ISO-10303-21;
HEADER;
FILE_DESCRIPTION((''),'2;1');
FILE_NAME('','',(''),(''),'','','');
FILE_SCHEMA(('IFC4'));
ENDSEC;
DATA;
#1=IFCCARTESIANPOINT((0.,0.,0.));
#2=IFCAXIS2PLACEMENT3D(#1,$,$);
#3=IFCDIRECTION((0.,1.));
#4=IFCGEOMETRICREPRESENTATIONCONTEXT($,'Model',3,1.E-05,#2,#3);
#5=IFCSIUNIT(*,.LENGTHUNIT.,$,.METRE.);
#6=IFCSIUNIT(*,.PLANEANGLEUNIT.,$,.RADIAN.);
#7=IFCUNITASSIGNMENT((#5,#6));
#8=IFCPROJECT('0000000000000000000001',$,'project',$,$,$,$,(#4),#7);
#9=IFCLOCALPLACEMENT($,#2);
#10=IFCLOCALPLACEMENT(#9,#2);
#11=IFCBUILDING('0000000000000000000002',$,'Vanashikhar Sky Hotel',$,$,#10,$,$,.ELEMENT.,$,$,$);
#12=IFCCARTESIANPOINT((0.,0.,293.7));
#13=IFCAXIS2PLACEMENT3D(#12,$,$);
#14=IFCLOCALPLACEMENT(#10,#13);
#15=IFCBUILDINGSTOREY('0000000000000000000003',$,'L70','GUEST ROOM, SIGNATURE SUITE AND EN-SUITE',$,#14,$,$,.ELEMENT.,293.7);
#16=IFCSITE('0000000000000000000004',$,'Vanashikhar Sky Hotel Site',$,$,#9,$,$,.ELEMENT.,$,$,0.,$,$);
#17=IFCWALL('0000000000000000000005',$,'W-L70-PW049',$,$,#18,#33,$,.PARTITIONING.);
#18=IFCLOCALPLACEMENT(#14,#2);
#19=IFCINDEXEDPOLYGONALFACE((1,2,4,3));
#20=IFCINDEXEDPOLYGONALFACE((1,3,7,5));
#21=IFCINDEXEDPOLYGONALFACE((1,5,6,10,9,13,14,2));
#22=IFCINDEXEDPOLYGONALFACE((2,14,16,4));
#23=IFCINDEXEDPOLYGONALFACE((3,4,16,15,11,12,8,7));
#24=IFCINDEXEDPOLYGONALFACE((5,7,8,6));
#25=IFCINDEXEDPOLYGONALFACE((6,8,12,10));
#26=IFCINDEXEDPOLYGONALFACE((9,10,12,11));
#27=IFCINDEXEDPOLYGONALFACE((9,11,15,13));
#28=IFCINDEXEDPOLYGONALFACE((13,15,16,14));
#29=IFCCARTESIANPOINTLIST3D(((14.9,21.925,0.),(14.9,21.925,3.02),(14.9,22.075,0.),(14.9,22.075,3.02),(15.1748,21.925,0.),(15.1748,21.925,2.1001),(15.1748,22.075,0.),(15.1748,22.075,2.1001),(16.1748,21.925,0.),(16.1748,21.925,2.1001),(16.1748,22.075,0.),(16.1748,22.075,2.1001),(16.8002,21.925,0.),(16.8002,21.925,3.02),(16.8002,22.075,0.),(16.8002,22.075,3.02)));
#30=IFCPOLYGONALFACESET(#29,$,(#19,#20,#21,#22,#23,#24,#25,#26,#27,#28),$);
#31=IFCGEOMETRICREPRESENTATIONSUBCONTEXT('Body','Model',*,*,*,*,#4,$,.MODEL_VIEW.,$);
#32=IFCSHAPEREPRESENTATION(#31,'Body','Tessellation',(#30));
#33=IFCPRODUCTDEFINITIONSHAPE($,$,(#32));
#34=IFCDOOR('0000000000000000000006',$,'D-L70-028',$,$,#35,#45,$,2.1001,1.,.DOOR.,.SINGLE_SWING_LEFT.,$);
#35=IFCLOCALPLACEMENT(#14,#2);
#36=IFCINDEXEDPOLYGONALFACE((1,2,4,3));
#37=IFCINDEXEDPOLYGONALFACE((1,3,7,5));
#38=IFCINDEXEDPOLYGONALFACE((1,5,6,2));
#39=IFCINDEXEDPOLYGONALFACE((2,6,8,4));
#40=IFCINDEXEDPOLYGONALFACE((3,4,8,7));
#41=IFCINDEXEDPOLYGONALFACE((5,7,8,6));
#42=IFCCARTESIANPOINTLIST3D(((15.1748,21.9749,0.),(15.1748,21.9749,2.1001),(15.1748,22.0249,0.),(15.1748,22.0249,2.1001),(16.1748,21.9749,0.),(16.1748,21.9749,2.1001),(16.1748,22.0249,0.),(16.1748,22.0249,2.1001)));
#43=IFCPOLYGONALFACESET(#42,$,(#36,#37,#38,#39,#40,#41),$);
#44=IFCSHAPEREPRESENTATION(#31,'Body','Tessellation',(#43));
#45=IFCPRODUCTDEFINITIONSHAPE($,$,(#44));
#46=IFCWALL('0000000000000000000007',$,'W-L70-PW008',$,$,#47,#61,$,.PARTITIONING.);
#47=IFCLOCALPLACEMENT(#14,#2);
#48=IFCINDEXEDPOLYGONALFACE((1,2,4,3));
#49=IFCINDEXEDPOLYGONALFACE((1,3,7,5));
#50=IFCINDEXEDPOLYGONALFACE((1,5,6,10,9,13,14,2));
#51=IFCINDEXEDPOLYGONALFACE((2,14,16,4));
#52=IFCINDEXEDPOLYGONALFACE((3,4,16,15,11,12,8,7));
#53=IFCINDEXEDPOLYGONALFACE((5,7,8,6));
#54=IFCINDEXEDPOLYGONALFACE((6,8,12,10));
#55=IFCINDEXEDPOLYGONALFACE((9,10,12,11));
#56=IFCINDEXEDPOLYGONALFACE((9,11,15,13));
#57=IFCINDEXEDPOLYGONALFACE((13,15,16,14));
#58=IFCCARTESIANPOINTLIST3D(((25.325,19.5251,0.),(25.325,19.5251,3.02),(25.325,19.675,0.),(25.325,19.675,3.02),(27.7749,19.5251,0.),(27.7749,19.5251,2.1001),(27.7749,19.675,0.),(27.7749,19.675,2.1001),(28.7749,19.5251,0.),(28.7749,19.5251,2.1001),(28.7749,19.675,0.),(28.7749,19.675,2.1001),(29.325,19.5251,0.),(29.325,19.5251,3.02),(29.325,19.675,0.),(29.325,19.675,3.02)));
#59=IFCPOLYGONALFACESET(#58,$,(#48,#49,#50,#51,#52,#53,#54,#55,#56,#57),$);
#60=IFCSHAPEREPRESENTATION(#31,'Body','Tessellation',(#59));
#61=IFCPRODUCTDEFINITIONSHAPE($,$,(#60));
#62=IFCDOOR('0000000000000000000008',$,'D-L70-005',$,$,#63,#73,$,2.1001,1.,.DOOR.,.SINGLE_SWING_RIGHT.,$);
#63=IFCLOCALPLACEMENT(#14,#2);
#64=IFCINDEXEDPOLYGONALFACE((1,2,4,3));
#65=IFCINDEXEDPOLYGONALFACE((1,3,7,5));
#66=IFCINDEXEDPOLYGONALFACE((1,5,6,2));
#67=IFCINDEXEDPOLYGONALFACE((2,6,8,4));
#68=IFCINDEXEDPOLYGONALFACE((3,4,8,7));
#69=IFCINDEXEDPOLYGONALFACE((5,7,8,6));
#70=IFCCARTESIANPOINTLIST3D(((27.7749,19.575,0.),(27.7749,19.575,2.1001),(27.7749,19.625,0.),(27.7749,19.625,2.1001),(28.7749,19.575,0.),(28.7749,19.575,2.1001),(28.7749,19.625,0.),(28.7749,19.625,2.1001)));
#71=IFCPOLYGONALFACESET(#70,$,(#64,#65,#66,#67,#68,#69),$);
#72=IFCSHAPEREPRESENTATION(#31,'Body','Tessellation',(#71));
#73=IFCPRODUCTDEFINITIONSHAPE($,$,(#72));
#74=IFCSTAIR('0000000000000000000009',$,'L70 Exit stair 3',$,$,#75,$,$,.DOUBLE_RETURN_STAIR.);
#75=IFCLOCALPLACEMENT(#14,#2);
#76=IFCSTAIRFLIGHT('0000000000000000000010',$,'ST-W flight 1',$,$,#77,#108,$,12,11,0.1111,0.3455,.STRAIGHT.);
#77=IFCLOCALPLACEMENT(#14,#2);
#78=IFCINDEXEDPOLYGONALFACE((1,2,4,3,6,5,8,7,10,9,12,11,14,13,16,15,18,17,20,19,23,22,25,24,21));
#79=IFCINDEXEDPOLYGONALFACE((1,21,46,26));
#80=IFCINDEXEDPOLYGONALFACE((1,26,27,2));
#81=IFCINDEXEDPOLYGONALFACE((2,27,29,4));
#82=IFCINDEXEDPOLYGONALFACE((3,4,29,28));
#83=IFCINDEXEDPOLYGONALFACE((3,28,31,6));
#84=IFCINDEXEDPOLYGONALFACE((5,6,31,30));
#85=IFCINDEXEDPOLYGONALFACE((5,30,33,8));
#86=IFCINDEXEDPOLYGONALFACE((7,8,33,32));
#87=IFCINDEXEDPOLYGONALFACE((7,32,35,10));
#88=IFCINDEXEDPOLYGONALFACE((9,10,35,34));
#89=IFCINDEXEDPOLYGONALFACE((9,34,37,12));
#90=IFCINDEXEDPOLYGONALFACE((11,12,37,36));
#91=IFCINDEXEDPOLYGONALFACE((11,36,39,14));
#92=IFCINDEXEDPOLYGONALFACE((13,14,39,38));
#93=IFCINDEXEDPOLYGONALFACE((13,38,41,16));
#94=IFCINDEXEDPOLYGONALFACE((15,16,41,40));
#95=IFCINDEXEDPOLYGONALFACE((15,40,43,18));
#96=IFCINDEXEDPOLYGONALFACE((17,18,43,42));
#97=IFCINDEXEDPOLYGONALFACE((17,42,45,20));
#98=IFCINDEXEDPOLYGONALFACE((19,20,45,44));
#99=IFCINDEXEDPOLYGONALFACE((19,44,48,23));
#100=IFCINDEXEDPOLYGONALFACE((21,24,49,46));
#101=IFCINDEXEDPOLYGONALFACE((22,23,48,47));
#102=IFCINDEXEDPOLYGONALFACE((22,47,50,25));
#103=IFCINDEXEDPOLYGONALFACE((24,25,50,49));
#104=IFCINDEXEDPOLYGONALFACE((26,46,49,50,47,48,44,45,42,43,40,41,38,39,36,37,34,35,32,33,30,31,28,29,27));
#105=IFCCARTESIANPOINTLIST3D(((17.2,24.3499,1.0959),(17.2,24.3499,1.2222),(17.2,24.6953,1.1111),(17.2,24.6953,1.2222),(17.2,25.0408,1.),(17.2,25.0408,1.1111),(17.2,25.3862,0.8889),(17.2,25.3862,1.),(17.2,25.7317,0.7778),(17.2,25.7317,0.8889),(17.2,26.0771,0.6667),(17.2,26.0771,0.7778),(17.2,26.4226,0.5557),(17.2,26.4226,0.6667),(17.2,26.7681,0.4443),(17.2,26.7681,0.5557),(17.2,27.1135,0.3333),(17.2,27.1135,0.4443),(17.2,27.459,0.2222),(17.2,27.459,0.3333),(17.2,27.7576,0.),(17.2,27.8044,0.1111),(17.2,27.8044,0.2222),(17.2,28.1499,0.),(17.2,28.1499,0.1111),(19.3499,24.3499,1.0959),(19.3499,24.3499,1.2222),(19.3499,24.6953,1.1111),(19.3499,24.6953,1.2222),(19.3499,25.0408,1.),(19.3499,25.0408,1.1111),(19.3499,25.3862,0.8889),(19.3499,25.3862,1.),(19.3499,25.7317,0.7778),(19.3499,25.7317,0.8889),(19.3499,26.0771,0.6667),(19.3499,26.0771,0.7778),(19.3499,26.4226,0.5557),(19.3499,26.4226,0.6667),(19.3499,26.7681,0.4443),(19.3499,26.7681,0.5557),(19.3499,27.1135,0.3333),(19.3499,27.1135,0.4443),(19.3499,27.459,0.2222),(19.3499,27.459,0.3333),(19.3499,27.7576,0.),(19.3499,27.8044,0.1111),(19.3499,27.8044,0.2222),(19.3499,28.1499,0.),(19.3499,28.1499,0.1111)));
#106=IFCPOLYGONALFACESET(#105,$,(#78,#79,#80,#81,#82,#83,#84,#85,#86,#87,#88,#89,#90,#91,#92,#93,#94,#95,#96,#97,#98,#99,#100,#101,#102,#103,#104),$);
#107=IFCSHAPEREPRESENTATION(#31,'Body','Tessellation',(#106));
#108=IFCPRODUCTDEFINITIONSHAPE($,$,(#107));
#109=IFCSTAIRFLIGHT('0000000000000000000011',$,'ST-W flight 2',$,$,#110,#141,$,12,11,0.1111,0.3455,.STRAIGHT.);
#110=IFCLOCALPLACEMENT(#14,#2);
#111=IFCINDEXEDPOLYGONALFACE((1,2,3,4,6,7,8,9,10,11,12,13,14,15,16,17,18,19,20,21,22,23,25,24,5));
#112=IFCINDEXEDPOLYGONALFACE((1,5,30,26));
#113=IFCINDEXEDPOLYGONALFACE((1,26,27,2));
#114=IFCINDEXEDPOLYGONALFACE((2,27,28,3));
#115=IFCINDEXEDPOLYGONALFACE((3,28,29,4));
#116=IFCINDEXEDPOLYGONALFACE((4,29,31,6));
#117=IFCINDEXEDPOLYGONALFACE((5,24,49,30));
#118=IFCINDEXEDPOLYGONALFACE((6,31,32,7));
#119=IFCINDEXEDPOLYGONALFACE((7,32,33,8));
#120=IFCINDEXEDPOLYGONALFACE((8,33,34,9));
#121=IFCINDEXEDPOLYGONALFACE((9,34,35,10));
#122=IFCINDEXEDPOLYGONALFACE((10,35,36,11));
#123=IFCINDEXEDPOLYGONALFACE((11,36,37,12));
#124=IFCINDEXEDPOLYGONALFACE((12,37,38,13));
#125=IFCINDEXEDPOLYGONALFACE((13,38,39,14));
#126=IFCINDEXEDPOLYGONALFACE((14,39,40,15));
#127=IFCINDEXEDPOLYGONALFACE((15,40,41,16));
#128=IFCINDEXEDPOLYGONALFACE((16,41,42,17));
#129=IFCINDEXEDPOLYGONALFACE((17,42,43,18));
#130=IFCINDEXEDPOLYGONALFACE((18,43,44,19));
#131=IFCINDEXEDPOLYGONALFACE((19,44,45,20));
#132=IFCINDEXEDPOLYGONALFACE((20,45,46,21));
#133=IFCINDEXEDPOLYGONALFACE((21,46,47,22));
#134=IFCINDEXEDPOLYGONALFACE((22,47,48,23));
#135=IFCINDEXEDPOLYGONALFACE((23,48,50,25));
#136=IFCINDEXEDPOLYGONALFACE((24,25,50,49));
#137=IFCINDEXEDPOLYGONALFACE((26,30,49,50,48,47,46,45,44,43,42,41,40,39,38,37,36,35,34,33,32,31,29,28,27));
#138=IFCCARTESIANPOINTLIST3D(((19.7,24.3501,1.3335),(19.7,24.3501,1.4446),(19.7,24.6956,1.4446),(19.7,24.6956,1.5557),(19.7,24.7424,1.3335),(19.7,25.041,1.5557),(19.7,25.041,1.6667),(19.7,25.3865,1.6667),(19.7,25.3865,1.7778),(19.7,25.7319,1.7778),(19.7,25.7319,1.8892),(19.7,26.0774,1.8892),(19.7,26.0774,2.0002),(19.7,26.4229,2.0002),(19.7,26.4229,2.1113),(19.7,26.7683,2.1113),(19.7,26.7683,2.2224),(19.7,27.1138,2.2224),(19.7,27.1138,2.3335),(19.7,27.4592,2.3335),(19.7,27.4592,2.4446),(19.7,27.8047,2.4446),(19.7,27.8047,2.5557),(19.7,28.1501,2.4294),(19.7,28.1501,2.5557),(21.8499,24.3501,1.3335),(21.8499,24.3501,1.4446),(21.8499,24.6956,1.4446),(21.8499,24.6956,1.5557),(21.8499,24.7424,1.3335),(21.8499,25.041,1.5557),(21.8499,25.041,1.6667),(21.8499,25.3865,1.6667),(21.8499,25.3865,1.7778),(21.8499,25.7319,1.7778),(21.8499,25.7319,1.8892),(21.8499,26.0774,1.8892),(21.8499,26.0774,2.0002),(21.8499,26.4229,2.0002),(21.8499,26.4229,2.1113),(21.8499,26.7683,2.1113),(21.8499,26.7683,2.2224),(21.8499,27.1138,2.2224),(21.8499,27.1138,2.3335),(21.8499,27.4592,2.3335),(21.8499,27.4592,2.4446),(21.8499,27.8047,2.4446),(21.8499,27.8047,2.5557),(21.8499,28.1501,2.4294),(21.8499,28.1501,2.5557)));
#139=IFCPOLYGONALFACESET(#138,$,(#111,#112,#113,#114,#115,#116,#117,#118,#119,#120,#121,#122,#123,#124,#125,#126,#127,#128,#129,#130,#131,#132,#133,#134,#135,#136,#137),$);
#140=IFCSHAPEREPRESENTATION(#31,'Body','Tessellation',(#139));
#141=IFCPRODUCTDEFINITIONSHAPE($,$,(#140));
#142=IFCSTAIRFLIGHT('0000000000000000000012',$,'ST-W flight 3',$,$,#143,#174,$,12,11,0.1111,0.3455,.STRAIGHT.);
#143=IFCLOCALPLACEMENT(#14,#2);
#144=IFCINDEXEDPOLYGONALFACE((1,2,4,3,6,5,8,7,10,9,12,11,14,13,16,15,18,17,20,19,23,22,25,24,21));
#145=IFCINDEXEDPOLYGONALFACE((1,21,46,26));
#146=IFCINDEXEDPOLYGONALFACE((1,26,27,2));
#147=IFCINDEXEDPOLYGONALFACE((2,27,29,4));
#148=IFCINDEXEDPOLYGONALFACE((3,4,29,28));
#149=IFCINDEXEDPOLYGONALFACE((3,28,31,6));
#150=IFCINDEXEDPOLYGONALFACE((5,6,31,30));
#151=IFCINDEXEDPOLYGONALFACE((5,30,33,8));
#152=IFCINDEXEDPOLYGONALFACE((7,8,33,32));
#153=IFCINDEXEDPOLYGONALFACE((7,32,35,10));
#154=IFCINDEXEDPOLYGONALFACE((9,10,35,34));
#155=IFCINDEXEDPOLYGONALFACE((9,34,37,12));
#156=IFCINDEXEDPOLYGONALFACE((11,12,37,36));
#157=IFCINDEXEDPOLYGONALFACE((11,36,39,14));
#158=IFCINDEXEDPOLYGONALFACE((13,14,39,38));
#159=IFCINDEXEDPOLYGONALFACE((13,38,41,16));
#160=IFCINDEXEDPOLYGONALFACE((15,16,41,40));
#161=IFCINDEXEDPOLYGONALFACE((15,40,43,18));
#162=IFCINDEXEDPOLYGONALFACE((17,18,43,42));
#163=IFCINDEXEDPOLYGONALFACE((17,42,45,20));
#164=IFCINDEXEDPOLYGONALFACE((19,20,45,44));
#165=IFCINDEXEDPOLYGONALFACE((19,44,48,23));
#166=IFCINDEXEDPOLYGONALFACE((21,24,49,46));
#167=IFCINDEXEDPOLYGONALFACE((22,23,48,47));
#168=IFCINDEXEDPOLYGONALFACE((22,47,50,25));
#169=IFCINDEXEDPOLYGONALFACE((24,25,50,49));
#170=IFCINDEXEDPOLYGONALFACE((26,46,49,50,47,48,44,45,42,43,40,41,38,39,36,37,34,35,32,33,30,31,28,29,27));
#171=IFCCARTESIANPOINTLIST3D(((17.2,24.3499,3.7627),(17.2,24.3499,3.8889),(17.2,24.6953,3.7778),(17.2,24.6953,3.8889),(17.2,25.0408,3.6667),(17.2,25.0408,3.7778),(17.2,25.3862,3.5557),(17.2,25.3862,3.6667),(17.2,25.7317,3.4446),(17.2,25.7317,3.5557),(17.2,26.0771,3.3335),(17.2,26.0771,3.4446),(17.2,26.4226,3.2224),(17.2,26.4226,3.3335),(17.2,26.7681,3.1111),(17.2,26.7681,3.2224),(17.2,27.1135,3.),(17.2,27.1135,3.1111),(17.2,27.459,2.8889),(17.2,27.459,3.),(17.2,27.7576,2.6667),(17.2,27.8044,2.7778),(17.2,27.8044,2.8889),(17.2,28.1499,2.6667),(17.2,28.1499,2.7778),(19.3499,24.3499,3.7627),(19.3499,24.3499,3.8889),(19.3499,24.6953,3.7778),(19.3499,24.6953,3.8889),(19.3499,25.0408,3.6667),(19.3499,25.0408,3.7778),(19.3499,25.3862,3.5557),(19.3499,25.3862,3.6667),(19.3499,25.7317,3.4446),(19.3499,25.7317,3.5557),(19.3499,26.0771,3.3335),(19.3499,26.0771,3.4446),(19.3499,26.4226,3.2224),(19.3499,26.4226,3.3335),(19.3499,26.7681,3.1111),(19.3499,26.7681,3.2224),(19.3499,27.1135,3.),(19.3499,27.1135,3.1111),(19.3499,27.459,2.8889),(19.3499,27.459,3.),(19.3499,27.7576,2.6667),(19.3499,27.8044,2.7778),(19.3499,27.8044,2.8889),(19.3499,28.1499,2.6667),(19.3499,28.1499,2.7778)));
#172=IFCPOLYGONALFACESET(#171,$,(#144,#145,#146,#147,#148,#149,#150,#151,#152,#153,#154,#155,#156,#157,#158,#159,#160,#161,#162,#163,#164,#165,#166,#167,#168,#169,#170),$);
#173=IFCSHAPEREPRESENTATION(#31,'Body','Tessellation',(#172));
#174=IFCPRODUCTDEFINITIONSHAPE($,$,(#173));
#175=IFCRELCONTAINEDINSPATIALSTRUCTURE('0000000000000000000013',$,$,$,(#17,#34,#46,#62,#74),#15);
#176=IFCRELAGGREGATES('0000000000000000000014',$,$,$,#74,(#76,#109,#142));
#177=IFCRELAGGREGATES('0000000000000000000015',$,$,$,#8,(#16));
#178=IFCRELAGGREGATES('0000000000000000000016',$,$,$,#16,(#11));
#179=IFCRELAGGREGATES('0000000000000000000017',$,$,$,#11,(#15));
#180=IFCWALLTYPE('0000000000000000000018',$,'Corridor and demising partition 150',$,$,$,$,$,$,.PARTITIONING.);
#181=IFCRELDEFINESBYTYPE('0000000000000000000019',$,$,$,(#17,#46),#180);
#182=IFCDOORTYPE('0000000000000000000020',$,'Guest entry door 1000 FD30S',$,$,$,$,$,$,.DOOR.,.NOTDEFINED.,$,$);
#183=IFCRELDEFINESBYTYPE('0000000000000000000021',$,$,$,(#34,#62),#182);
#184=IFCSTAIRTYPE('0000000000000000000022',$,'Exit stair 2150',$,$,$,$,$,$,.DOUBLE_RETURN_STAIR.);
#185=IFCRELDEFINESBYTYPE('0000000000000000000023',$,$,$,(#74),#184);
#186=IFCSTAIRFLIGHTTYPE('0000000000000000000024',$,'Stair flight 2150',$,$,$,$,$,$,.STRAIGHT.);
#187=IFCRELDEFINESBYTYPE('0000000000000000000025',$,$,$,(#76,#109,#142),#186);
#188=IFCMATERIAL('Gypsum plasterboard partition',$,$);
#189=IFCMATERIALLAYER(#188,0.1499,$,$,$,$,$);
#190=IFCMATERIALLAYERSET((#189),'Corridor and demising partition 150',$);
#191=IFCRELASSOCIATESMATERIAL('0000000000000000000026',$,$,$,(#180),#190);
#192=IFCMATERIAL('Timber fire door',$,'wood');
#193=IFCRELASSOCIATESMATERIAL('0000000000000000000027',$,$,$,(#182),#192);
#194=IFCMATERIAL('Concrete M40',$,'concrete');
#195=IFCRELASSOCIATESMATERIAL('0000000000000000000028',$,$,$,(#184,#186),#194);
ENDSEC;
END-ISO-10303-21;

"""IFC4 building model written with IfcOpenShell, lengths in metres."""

from ifc_helpers import new_model, si_unit, direction, frame, frame_2d, origin, place, context, subcontext, project, spatial, polyline, rectangle, outline, extrude, source, transform, mapped, material, layer, layer_set, type_object, element, fill, aggregate, save


model = new_model("IFC4")

# Units and contexts
model_context = context("Model", 3, precision=1e-05, world=origin(), true_north=direction((0.0, 1.0)))
body_context = subcontext(model_context, "Body", "Model", "MODEL_VIEW")
ifc_project = project(units=[si_unit("LENGTHUNIT", "METRE"), si_unit("PLANEANGLEUNIT", "RADIAN")], contexts=[model_context])

# Site, building, storey
site_placement = place(None, origin())
site = spatial("IfcSite", under=ifc_project, at=site_placement, Name="Vanashikhar Sky Hotel Site", CompositionType="ELEMENT", RefElevation=0.0)
building_placement = place(site_placement, origin())
building = spatial("IfcBuilding", under=site, at=building_placement, Name="Vanashikhar Sky Hotel", CompositionType="ELEMENT")
storey_placement = place(building_placement, frame((0.0, 0.0, 293.7)))
storey = spatial("IfcBuildingStorey", under=building, at=storey_placement, Name="L70", Description="GUEST ROOM, SIGNATURE SUITE AND EN-SUITE", CompositionType="ELEMENT", Elevation=293.7)

# Walls, openings, doors
ifc_material_1 = material(Name="Gypsum plasterboard partition")
ifc_layer_1 = layer(ifc_material_1, 0.1499)
ifc_layer_set_1 = layer_set([ifc_layer_1], Name="Corridor and demising partition 150")
wall_type_1 = type_object("IfcWallType", Name="Corridor and demising partition 150", PredefinedType="PARTITIONING", material=ifc_layer_set_1)
shared_shape_1 = source(origin(), body_context, "Body", "SweptSolid", [
    extrude(rectangle(XDim=1.0, YDim=2.1001, at=frame_2d((0.5, 1.05))), frame((0.0, 0.085, 0.0), z_axis=(0.0, -1.0, 0.0), x_axis=(1.0, 0.0, 0.0)), (0.0, 0.0, 1.0), 0.1699),
])
ifc_material_2 = material(Name="Timber fire door", Category="wood")
door_type_1 = type_object("IfcDoorType", Name="Guest entry door 1000 FD30S", OperationType="NOTDEFINED", PredefinedType="DOOR", material=ifc_material_2)
shared_shape_2 = source(origin(), body_context, "Body", "SweptSolid", [
    extrude(rectangle(XDim=1.0, YDim=2.1001, at=frame_2d((0.5, 1.05))), frame((0.0, 0.0249, 0.0), z_axis=(0.0, -1.0, 0.0), x_axis=(1.0, 0.0, 0.0)), (0.0, 0.0, 1.0), 0.05),
])
shared_shape_3 = source(origin(), body_context, "Body", "SweptSolid", [
    extrude(rectangle(XDim=1.9001, YDim=0.1499, at=frame_2d((0.9502, 0.0))), origin(), (0.0, 0.0, 1.0), 3.02),
])
wall_1_placement = place(storey_placement, frame((14.8999, 22.0, 0.0), z_axis=(0.0, 0.0, 1.0), x_axis=(1.0, 0.0, 0.0)))
wall_1 = element("IfcWall", 1, at=wall_1_placement, inside=storey, type_object=wall_type_1, Name="W-L70-PW049", PredefinedType="PARTITIONING", context=body_context, shape_type="MappedRepresentation", body=[
    mapped(shared_shape_3, transform((0.0, 0.0, 0.0), scale=1.0)),
])
opening_1_placement = place(wall_1_placement, frame((0.2749, 0.0, 0.0)))
opening_1 = element("IfcOpeningElement", 2, at=opening_1_placement, cuts=wall_1, PredefinedType="OPENING", context=body_context, shape_type="MappedRepresentation", body=[
    mapped(shared_shape_1, transform((0.0, 0.0, 0.0), scale=1.0)),
])
door_1_placement = place(opening_1_placement, origin())
door_1 = element("IfcDoor", 3, at=door_1_placement, inside=storey, type_object=door_type_1, Name="D-L70-028", OperationType="SINGLE_SWING_LEFT", OverallHeight=2.1001, OverallWidth=1.0, PredefinedType="DOOR", context=body_context, shape_type="MappedRepresentation", body=[
    mapped(shared_shape_2, transform((0.0, 0.0, 0.0), scale=1.0)),
])
fill(opening_1, door_1)
shared_shape_4 = source(origin(), body_context, "Body", "SweptSolid", [
    extrude(rectangle(XDim=4.0, YDim=0.1499, at=frame_2d((2.0, 0.0))), origin(), (0.0, 0.0, 1.0), 3.02),
])
wall_2_placement = place(storey_placement, frame((25.325, 19.6001, 0.0), z_axis=(0.0, 0.0, 1.0), x_axis=(1.0, 0.0, 0.0)))
wall_2 = element("IfcWall", 4, at=wall_2_placement, inside=storey, type_object=wall_type_1, Name="W-L70-PW008", PredefinedType="PARTITIONING", context=body_context, shape_type="MappedRepresentation", body=[
    mapped(shared_shape_4, transform((0.0, 0.0, 0.0), scale=1.0)),
])
opening_2_placement = place(wall_2_placement, frame((2.45, 0.0, 0.0)))
opening_2 = element("IfcOpeningElement", 5, at=opening_2_placement, cuts=wall_2, PredefinedType="OPENING", context=body_context, shape_type="MappedRepresentation", body=[
    mapped(shared_shape_1, transform((0.0, 0.0, 0.0), scale=1.0)),
])
door_2_placement = place(opening_2_placement, origin())
door_2 = element("IfcDoor", 6, at=door_2_placement, inside=storey, type_object=door_type_1, Name="D-L70-005", OperationType="SINGLE_SWING_RIGHT", OverallHeight=2.1001, OverallWidth=1.0, PredefinedType="DOOR", context=body_context, shape_type="MappedRepresentation", body=[
    mapped(shared_shape_2, transform((0.0, 0.0, 0.0), scale=1.0)),
])
fill(opening_2, door_2)

# Stair, stair flights
ifc_material_3 = material(Name="Concrete M40", Category="concrete")
stair_type = type_object("IfcStairType", Name="Exit stair 2150", PredefinedType="DOUBLE_RETURN_STAIR", material=ifc_material_3)
stair_placement = place(storey_placement, origin())
stair = element("IfcStair", 7, at=stair_placement, inside=storey, type_object=stair_type, Name="L70 Exit stair 3", PredefinedType="DOUBLE_RETURN_STAIR")
stair_flight_type = type_object("IfcStairFlightType", Name="Stair flight 2150", PredefinedType="STRAIGHT", material=ifc_material_3)
shared_shape_5 = source(origin(), body_context, "Body", "SweptSolid", [
    extrude(outline(polyline([(0.0, 0.0), (0.0, 0.1111), (0.3455, 0.1111), (0.3455, 0.2222), (0.6909, 0.2222), (0.6909, 0.3333), (1.0364, 0.3333), (1.0364, 0.4443), (1.3818, 0.4443), (1.3818, 0.5557), (1.7273, 0.5557), (1.7273, 0.6667), (2.0728, 0.6667), (2.0728, 0.7778), (2.4182, 0.7778), (2.4182, 0.8889), (2.7637, 0.8889), (2.7637, 1.0), (3.1091, 1.0), (3.1091, 1.1111), (3.4546, 1.1111), (3.4546, 1.2222), (3.8, 1.2222), (3.8, 1.3333), (3.8, 1.0959), (0.3923, 0.0), (0.0, 0.0)])), frame((0.0, 1.075, 0.0), z_axis=(0.0, -1.0, 0.0), x_axis=(1.0, 0.0, 0.0)), (0.0, 0.0, 1.0), 2.1499),
])
stair_flight_1_placement = place(storey_placement, frame((18.2749, 28.1499, 0.0), z_axis=(0.0, 0.0, 1.0), x_axis=(0.0, -1.0, 0.0)))
stair_flight_1 = element("IfcStairFlight", 8, at=stair_flight_1_placement, type_object=stair_flight_type, Name="ST-W flight 1", NumberOfRisers=12, NumberOfTreads=11, PredefinedType="STRAIGHT", RiserHeight=0.1111, TreadLength=0.3455, context=body_context, shape_type="MappedRepresentation", body=[
    mapped(shared_shape_5, transform((0.0, 0.0, 0.0), scale=1.0)),
])
stair_flight_2_placement = place(storey_placement, frame((20.7749, 24.3501, 1.3335), z_axis=(0.0, 0.0, 1.0), x_axis=(0.0, 1.0, 0.0)))
stair_flight_2 = element("IfcStairFlight", 9, at=stair_flight_2_placement, type_object=stair_flight_type, Name="ST-W flight 2", NumberOfRisers=12, NumberOfTreads=11, PredefinedType="STRAIGHT", RiserHeight=0.1111, TreadLength=0.3455, context=body_context, shape_type="MappedRepresentation", body=[
    mapped(shared_shape_5, transform((0.0, 0.0, 0.0), scale=1.0)),
])
stair_flight_3_placement = place(storey_placement, frame((18.2749, 28.1499, 2.6667), z_axis=(0.0, 0.0, 1.0), x_axis=(0.0, -1.0, 0.0)))
stair_flight_3 = element("IfcStairFlight", 10, at=stair_flight_3_placement, type_object=stair_flight_type, Name="ST-W flight 3", NumberOfRisers=12, NumberOfTreads=11, PredefinedType="STRAIGHT", RiserHeight=0.1111, TreadLength=0.3455, context=body_context, shape_type="MappedRepresentation", body=[
    mapped(shared_shape_5, transform((0.0, 0.0, 0.0), scale=1.0)),
])
aggregate(stair, [stair_flight_1, stair_flight_2, stair_flight_3])

save(model, "model.ifc")
